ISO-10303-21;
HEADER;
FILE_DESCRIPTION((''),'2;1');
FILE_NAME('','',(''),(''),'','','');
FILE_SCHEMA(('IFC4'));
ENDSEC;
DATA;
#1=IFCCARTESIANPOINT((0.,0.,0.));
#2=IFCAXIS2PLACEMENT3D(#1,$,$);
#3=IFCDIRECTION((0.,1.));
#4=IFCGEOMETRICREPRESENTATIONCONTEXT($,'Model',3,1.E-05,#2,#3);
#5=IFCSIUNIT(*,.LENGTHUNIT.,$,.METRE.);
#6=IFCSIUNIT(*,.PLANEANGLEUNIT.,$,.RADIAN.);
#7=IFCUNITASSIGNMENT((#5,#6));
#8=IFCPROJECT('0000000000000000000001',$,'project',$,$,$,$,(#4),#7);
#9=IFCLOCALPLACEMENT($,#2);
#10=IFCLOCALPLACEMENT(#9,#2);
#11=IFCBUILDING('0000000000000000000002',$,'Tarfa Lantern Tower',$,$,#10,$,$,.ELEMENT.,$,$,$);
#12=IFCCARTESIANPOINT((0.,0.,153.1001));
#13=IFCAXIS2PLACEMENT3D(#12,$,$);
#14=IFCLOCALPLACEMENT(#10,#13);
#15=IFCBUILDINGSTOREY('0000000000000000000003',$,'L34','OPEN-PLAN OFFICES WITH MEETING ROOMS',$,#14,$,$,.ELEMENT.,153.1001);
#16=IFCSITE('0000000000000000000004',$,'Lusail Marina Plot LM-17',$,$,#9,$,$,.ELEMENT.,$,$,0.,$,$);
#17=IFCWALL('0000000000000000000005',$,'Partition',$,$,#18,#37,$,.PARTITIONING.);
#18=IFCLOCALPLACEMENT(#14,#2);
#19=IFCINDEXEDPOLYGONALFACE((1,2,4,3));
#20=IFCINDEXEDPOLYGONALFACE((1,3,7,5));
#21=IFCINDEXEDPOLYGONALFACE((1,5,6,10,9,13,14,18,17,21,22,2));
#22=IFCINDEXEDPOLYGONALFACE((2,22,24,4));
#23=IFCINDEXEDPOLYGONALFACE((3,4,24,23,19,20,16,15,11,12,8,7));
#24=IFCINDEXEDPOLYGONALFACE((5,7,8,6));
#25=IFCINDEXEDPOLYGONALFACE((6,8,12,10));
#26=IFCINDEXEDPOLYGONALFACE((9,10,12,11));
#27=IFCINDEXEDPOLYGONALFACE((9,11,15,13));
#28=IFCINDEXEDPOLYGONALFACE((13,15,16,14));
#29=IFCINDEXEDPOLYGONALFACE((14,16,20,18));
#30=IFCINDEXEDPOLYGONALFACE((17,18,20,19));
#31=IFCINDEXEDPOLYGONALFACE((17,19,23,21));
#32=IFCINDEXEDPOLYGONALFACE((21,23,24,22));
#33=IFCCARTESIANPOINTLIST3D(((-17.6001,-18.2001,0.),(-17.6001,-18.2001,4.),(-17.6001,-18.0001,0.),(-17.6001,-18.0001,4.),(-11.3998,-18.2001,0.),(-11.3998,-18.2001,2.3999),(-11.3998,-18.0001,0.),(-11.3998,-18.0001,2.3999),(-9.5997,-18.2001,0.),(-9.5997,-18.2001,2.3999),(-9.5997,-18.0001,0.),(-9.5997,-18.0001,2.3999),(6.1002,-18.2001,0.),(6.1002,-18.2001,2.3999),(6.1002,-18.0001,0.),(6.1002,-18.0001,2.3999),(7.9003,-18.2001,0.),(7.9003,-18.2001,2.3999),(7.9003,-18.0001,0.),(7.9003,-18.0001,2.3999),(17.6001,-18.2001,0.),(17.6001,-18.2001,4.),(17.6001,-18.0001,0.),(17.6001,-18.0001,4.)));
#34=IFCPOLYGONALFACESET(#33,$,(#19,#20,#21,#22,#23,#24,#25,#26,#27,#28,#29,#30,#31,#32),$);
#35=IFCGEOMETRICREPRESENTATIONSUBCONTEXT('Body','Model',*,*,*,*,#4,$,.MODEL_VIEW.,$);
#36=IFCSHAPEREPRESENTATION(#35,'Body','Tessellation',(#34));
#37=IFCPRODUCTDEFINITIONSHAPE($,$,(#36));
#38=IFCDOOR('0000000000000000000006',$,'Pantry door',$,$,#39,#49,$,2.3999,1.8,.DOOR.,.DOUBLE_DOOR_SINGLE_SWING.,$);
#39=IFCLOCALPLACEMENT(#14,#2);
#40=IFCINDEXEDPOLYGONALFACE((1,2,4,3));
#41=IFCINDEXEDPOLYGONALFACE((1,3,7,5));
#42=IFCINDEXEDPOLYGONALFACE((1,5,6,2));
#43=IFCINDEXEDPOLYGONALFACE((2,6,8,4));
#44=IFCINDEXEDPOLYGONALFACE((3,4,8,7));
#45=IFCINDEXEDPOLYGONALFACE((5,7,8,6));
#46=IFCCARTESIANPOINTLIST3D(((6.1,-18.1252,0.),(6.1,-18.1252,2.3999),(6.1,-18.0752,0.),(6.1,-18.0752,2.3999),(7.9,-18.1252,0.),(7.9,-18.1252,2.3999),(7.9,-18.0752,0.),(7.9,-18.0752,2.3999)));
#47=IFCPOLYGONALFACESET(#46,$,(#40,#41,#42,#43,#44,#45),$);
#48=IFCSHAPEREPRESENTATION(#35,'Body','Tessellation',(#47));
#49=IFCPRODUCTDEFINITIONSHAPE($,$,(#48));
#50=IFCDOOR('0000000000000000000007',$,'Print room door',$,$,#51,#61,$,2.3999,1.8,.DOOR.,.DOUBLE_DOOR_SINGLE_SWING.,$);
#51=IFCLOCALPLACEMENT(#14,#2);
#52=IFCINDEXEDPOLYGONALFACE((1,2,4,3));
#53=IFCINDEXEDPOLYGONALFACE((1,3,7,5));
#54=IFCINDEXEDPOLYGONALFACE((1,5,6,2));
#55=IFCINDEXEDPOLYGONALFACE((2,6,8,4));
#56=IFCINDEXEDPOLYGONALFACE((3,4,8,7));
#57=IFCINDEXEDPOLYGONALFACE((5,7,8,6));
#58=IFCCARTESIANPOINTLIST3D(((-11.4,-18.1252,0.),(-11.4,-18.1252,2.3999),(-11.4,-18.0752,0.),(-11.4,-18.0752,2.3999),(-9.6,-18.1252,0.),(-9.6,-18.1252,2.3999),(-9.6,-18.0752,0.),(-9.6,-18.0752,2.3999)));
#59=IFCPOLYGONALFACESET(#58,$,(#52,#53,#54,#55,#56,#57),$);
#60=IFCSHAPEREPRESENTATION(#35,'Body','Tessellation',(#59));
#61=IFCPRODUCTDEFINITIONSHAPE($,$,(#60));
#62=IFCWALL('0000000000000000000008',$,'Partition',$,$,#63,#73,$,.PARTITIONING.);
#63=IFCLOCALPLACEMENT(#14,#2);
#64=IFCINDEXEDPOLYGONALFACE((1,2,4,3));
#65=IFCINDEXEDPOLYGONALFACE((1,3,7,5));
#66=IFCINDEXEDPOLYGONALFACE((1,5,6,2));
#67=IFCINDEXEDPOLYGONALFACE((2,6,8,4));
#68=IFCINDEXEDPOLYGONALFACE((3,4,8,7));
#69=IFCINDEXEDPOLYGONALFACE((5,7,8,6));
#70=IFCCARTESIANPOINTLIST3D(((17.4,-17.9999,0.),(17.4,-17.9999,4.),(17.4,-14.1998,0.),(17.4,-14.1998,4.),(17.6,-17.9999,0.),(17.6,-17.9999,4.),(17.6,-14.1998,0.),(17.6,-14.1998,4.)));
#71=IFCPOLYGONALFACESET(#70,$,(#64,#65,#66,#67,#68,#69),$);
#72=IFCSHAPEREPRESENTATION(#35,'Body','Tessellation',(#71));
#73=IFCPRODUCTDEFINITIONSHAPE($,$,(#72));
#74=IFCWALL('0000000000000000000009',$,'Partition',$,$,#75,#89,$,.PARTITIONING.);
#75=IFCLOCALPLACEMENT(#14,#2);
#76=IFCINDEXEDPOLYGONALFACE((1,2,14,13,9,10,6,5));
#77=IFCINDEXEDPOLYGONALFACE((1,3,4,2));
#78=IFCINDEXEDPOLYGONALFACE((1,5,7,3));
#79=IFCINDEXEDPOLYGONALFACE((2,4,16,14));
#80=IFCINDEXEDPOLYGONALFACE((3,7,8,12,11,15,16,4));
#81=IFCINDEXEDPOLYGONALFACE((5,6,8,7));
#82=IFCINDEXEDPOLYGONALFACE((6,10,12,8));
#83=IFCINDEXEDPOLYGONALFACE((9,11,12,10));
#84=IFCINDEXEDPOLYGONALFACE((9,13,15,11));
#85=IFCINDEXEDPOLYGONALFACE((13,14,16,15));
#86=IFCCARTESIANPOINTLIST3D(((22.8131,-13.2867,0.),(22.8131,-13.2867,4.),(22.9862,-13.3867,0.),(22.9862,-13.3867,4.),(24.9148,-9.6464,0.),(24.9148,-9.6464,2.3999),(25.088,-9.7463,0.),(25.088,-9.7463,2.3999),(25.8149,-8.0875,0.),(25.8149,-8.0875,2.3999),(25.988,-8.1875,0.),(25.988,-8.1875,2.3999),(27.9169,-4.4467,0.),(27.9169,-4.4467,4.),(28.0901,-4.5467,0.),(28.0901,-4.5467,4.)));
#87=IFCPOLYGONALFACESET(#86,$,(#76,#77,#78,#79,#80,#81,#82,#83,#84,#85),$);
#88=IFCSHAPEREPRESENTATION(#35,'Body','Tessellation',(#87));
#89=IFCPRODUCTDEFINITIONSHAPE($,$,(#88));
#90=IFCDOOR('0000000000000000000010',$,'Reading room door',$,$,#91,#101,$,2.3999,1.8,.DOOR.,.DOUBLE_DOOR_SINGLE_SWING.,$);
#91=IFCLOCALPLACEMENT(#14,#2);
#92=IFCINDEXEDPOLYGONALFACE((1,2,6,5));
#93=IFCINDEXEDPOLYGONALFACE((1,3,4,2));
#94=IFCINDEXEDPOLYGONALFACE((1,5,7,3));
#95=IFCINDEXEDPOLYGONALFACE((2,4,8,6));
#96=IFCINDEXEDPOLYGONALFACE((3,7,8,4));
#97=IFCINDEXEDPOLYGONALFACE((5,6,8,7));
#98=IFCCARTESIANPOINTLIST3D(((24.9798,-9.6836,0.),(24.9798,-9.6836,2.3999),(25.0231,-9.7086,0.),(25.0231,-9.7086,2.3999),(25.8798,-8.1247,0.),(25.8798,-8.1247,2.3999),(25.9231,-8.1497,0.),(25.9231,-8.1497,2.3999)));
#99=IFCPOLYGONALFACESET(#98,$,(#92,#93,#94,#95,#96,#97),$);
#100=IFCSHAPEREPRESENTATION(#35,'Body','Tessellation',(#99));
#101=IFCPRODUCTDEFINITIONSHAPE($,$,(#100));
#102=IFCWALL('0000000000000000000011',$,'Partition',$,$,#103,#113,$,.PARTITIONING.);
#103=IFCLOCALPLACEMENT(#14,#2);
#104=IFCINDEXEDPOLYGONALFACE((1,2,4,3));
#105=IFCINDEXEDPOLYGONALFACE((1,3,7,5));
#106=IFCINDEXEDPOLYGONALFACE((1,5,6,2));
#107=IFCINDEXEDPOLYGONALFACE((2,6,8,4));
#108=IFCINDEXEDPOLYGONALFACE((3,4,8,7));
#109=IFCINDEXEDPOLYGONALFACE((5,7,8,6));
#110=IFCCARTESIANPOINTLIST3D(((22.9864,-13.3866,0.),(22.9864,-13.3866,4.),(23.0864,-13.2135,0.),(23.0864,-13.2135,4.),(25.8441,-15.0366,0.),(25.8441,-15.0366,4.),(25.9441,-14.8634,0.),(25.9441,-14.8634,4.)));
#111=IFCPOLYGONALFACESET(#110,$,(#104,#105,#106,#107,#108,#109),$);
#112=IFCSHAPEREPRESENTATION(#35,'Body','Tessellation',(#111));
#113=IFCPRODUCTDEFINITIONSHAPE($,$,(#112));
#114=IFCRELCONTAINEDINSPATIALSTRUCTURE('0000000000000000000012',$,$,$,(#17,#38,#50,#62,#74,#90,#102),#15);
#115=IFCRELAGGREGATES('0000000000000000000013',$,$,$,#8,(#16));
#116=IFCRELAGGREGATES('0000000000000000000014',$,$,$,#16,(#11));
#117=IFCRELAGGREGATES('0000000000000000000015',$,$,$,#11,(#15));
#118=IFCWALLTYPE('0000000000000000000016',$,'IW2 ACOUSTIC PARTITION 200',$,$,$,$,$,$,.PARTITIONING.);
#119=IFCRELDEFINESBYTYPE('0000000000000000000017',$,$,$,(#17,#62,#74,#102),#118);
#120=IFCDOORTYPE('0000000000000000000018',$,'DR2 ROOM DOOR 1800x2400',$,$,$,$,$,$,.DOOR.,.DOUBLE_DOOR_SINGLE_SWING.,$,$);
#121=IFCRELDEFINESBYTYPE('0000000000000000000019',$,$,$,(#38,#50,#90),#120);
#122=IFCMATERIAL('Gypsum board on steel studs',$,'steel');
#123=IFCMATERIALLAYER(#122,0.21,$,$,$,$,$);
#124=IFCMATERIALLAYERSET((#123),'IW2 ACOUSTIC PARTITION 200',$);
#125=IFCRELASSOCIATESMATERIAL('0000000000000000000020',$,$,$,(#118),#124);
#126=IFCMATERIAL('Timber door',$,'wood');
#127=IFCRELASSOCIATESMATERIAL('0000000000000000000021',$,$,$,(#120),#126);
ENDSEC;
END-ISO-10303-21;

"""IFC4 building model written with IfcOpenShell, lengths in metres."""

from ifc_helpers import new_model, si_unit, direction, frame, frame_2d, origin, place, context, subcontext, project, spatial, rectangle, extrude, material, layer, layer_set, type_object, element, fill, save


model = new_model("IFC4")

# Units and contexts
model_context = context("Model", 3, precision=1e-05, world=origin(), true_north=direction((0.0, 1.0)))
body_context = subcontext(model_context, "Body", "Model", "MODEL_VIEW")
ifc_project = project(units=[si_unit("LENGTHUNIT", "METRE"), si_unit("PLANEANGLEUNIT", "RADIAN")], contexts=[model_context])

# Site, building, storey
site_placement = place(None, origin())
site = spatial("IfcSite", under=ifc_project, at=site_placement, Name="Lusail Marina Plot LM-17", CompositionType="ELEMENT", RefElevation=0.0)
building_placement = place(site_placement, origin())
building = spatial("IfcBuilding", under=site, at=building_placement, Name="Tarfa Lantern Tower", CompositionType="ELEMENT")
storey_placement = place(building_placement, frame((0.0, 0.0, 153.1001)))
storey = spatial("IfcBuildingStorey", under=building, at=storey_placement, Name="L34", Description="OPEN-PLAN OFFICES WITH MEETING ROOMS", CompositionType="ELEMENT", Elevation=153.1001)

# Shared definitions
ifc_material_1 = material(Name="Gypsum board on steel studs", Category="steel")
ifc_layer_1 = layer(ifc_material_1, 0.21)
ifc_layer_set_1 = layer_set([ifc_layer_1], Name="IW2 ACOUSTIC PARTITION 200")
wall_type = type_object("IfcWallType", Name="IW2 ACOUSTIC PARTITION 200", PredefinedType="PARTITIONING", material=ifc_layer_set_1)

# Wall, openings, doors
wall_1_placement = place(storey_placement, frame((17.6001, -18.1001, 0.0), z_axis=(0.0, 0.0, 1.0), x_axis=(-1.0, 0.0, 0.0)))
wall_1 = element("IfcWall", 1, at=wall_1_placement, inside=storey, type_object=wall_type, Name="Partition", PredefinedType="PARTITIONING", context=body_context, shape_type="SweptSolid", body=[
    extrude(rectangle(XDim=35.2002, YDim=0.2, at=frame_2d((17.6001, 0.0))), origin(), (0.0, 0.0, 1.0), 4.0),
])
opening_1_placement = place(wall_1_placement, frame((9.7, 0.0, 0.0)))
opening_1 = element("IfcOpeningElement", 2, at=opening_1_placement, cuts=wall_1, PredefinedType="OPENING", context=body_context, shape_type="SweptSolid", body=[
    extrude(rectangle(XDim=1.8, YDim=2.3999, at=frame_2d((0.8999, 1.2))), frame((0.0, 0.1099, 0.0), z_axis=(0.0, -1.0, 0.0), x_axis=(1.0, 0.0, 0.0)), (0.0, 0.0, 1.0), 0.22),
])
opening_2_placement = place(wall_1_placement, frame((27.2, 0.0, 0.0)))
opening_2 = element("IfcOpeningElement", 3, at=opening_2_placement, cuts=wall_1, PredefinedType="OPENING", context=body_context, shape_type="SweptSolid", body=[
    extrude(rectangle(XDim=1.8, YDim=2.3999, at=frame_2d((0.8999, 1.2))), frame((0.0, 0.1099, 0.0), z_axis=(0.0, -1.0, 0.0), x_axis=(1.0, 0.0, 0.0)), (0.0, 0.0, 1.0), 0.22),
])
ifc_material_2 = material(Name="Timber door", Category="wood")
door_type = type_object("IfcDoorType", Name="DR2 ROOM DOOR 1800x2400", OperationType="DOUBLE_DOOR_SINGLE_SWING", PredefinedType="DOOR", material=ifc_material_2)
door_1_placement = place(opening_1_placement, frame((1.8, 0.0, 0.0), z_axis=(0.0, 0.0, 1.0), x_axis=(-1.0, 0.0, 0.0)))
door_1 = element("IfcDoor", 4, at=door_1_placement, inside=storey, type_object=door_type, Name="Pantry door", OperationType="DOUBLE_DOOR_SINGLE_SWING", OverallHeight=2.3999, OverallWidth=1.8, PredefinedType="DOOR", context=body_context, shape_type="SweptSolid", body=[
    extrude(rectangle(XDim=1.8, YDim=2.3999, at=frame_2d((0.8999, 1.2))), frame((0.0, 0.0249, 0.0), z_axis=(0.0, -1.0, 0.0), x_axis=(1.0, 0.0, 0.0)), (0.0, 0.0, 1.0), 0.05),
])
fill(opening_1, door_1)
door_2_placement = place(opening_2_placement, frame((1.8, 0.0, 0.0), z_axis=(0.0, 0.0, 1.0), x_axis=(-1.0, 0.0, 0.0)))
door_2 = element("IfcDoor", 5, at=door_2_placement, inside=storey, type_object=door_type, Name="Print room door", OperationType="DOUBLE_DOOR_SINGLE_SWING", OverallHeight=2.3999, OverallWidth=1.8, PredefinedType="DOOR", context=body_context, shape_type="SweptSolid", body=[
    extrude(rectangle(XDim=1.8, YDim=2.3999, at=frame_2d((0.8999, 1.2))), frame((0.0, 0.0249, 0.0), z_axis=(0.0, -1.0, 0.0), x_axis=(1.0, 0.0, 0.0)), (0.0, 0.0, 1.0), 0.05),
])
fill(opening_2, door_2)

# Wall
wall_2_placement = place(storey_placement, frame((17.5, -14.2, 0.0), z_axis=(0.0, 0.0, 1.0), x_axis=(0.0, -1.0, 0.0)))
element("IfcWall", 6, at=wall_2_placement, inside=storey, type_object=wall_type, Name="Partition", PredefinedType="PARTITIONING", context=body_context, shape_type="SweptSolid", body=[
    extrude(rectangle(XDim=3.8, YDim=0.2, at=frame_2d((1.8999, 0.0))), origin(), (0.0, 0.0, 1.0), 4.0),
])

# Wall, opening, door
wall_3_placement = place(storey_placement, frame((22.8997, -13.3367, 0.0), z_axis=(0.0, 0.0, 1.0), x_axis=(0.500005, 0.866022, 0.0)))
wall_3 = element("IfcWall", 7, at=wall_3_placement, inside=storey, type_object=wall_type, Name="Partition", PredefinedType="PARTITIONING", context=body_context, shape_type="SweptSolid", body=[
    extrude(rectangle(XDim=10.2075, YDim=0.2, at=frame_2d((5.1038, 0.0))), origin(), (0.0, 0.0, 1.0), 4.0),
])
opening_3_placement = place(wall_3_placement, frame((4.2036, 0.0, 0.0)))
opening_3 = element("IfcOpeningElement", 8, at=opening_3_placement, cuts=wall_3, PredefinedType="OPENING", context=body_context, shape_type="SweptSolid", body=[
    extrude(rectangle(XDim=1.8, YDim=2.3999, at=frame_2d((0.8999, 1.2))), frame((0.0, 0.1099, 0.0), z_axis=(0.0, -1.0, 0.0), x_axis=(1.0, 0.0, 0.0)), (0.0, 0.0, 1.0), 0.22),
])
door_3_placement = place(opening_3_placement, frame((1.8, 0.0, 0.0), z_axis=(0.0, 0.0, 1.0), x_axis=(-1.0, 0.0, 0.0)))
door_3 = element("IfcDoor", 9, at=door_3_placement, inside=storey, type_object=door_type, Name="Reading room door", OperationType="DOUBLE_DOOR_SINGLE_SWING", OverallHeight=2.3999, OverallWidth=1.8, PredefinedType="DOOR", context=body_context, shape_type="SweptSolid", body=[
    extrude(rectangle(XDim=1.8, YDim=2.3999, at=frame_2d((0.8999, 1.2))), frame((0.0, 0.0249, 0.0), z_axis=(0.0, -1.0, 0.0), x_axis=(1.0, 0.0, 0.0)), (0.0, 0.0, 1.0), 0.05),
])
fill(opening_3, door_3)

# Wall
wall_4_placement = place(storey_placement, frame((23.0364, -13.3, 0.0), z_axis=(0.0, 0.0, 1.0), x_axis=(0.866022, -0.500006, 0.0)))
element("IfcWall", 10, at=wall_4_placement, inside=storey, type_object=wall_type, Name="Partition", PredefinedType="PARTITIONING", context=body_context, shape_type="SweptSolid", body=[
    extrude(rectangle(XDim=3.2998, YDim=0.2, at=frame_2d((1.6499, 0.0))), origin(), (0.0, 0.0, 1.0), 4.0),
])

save(model, "model.ifc")
